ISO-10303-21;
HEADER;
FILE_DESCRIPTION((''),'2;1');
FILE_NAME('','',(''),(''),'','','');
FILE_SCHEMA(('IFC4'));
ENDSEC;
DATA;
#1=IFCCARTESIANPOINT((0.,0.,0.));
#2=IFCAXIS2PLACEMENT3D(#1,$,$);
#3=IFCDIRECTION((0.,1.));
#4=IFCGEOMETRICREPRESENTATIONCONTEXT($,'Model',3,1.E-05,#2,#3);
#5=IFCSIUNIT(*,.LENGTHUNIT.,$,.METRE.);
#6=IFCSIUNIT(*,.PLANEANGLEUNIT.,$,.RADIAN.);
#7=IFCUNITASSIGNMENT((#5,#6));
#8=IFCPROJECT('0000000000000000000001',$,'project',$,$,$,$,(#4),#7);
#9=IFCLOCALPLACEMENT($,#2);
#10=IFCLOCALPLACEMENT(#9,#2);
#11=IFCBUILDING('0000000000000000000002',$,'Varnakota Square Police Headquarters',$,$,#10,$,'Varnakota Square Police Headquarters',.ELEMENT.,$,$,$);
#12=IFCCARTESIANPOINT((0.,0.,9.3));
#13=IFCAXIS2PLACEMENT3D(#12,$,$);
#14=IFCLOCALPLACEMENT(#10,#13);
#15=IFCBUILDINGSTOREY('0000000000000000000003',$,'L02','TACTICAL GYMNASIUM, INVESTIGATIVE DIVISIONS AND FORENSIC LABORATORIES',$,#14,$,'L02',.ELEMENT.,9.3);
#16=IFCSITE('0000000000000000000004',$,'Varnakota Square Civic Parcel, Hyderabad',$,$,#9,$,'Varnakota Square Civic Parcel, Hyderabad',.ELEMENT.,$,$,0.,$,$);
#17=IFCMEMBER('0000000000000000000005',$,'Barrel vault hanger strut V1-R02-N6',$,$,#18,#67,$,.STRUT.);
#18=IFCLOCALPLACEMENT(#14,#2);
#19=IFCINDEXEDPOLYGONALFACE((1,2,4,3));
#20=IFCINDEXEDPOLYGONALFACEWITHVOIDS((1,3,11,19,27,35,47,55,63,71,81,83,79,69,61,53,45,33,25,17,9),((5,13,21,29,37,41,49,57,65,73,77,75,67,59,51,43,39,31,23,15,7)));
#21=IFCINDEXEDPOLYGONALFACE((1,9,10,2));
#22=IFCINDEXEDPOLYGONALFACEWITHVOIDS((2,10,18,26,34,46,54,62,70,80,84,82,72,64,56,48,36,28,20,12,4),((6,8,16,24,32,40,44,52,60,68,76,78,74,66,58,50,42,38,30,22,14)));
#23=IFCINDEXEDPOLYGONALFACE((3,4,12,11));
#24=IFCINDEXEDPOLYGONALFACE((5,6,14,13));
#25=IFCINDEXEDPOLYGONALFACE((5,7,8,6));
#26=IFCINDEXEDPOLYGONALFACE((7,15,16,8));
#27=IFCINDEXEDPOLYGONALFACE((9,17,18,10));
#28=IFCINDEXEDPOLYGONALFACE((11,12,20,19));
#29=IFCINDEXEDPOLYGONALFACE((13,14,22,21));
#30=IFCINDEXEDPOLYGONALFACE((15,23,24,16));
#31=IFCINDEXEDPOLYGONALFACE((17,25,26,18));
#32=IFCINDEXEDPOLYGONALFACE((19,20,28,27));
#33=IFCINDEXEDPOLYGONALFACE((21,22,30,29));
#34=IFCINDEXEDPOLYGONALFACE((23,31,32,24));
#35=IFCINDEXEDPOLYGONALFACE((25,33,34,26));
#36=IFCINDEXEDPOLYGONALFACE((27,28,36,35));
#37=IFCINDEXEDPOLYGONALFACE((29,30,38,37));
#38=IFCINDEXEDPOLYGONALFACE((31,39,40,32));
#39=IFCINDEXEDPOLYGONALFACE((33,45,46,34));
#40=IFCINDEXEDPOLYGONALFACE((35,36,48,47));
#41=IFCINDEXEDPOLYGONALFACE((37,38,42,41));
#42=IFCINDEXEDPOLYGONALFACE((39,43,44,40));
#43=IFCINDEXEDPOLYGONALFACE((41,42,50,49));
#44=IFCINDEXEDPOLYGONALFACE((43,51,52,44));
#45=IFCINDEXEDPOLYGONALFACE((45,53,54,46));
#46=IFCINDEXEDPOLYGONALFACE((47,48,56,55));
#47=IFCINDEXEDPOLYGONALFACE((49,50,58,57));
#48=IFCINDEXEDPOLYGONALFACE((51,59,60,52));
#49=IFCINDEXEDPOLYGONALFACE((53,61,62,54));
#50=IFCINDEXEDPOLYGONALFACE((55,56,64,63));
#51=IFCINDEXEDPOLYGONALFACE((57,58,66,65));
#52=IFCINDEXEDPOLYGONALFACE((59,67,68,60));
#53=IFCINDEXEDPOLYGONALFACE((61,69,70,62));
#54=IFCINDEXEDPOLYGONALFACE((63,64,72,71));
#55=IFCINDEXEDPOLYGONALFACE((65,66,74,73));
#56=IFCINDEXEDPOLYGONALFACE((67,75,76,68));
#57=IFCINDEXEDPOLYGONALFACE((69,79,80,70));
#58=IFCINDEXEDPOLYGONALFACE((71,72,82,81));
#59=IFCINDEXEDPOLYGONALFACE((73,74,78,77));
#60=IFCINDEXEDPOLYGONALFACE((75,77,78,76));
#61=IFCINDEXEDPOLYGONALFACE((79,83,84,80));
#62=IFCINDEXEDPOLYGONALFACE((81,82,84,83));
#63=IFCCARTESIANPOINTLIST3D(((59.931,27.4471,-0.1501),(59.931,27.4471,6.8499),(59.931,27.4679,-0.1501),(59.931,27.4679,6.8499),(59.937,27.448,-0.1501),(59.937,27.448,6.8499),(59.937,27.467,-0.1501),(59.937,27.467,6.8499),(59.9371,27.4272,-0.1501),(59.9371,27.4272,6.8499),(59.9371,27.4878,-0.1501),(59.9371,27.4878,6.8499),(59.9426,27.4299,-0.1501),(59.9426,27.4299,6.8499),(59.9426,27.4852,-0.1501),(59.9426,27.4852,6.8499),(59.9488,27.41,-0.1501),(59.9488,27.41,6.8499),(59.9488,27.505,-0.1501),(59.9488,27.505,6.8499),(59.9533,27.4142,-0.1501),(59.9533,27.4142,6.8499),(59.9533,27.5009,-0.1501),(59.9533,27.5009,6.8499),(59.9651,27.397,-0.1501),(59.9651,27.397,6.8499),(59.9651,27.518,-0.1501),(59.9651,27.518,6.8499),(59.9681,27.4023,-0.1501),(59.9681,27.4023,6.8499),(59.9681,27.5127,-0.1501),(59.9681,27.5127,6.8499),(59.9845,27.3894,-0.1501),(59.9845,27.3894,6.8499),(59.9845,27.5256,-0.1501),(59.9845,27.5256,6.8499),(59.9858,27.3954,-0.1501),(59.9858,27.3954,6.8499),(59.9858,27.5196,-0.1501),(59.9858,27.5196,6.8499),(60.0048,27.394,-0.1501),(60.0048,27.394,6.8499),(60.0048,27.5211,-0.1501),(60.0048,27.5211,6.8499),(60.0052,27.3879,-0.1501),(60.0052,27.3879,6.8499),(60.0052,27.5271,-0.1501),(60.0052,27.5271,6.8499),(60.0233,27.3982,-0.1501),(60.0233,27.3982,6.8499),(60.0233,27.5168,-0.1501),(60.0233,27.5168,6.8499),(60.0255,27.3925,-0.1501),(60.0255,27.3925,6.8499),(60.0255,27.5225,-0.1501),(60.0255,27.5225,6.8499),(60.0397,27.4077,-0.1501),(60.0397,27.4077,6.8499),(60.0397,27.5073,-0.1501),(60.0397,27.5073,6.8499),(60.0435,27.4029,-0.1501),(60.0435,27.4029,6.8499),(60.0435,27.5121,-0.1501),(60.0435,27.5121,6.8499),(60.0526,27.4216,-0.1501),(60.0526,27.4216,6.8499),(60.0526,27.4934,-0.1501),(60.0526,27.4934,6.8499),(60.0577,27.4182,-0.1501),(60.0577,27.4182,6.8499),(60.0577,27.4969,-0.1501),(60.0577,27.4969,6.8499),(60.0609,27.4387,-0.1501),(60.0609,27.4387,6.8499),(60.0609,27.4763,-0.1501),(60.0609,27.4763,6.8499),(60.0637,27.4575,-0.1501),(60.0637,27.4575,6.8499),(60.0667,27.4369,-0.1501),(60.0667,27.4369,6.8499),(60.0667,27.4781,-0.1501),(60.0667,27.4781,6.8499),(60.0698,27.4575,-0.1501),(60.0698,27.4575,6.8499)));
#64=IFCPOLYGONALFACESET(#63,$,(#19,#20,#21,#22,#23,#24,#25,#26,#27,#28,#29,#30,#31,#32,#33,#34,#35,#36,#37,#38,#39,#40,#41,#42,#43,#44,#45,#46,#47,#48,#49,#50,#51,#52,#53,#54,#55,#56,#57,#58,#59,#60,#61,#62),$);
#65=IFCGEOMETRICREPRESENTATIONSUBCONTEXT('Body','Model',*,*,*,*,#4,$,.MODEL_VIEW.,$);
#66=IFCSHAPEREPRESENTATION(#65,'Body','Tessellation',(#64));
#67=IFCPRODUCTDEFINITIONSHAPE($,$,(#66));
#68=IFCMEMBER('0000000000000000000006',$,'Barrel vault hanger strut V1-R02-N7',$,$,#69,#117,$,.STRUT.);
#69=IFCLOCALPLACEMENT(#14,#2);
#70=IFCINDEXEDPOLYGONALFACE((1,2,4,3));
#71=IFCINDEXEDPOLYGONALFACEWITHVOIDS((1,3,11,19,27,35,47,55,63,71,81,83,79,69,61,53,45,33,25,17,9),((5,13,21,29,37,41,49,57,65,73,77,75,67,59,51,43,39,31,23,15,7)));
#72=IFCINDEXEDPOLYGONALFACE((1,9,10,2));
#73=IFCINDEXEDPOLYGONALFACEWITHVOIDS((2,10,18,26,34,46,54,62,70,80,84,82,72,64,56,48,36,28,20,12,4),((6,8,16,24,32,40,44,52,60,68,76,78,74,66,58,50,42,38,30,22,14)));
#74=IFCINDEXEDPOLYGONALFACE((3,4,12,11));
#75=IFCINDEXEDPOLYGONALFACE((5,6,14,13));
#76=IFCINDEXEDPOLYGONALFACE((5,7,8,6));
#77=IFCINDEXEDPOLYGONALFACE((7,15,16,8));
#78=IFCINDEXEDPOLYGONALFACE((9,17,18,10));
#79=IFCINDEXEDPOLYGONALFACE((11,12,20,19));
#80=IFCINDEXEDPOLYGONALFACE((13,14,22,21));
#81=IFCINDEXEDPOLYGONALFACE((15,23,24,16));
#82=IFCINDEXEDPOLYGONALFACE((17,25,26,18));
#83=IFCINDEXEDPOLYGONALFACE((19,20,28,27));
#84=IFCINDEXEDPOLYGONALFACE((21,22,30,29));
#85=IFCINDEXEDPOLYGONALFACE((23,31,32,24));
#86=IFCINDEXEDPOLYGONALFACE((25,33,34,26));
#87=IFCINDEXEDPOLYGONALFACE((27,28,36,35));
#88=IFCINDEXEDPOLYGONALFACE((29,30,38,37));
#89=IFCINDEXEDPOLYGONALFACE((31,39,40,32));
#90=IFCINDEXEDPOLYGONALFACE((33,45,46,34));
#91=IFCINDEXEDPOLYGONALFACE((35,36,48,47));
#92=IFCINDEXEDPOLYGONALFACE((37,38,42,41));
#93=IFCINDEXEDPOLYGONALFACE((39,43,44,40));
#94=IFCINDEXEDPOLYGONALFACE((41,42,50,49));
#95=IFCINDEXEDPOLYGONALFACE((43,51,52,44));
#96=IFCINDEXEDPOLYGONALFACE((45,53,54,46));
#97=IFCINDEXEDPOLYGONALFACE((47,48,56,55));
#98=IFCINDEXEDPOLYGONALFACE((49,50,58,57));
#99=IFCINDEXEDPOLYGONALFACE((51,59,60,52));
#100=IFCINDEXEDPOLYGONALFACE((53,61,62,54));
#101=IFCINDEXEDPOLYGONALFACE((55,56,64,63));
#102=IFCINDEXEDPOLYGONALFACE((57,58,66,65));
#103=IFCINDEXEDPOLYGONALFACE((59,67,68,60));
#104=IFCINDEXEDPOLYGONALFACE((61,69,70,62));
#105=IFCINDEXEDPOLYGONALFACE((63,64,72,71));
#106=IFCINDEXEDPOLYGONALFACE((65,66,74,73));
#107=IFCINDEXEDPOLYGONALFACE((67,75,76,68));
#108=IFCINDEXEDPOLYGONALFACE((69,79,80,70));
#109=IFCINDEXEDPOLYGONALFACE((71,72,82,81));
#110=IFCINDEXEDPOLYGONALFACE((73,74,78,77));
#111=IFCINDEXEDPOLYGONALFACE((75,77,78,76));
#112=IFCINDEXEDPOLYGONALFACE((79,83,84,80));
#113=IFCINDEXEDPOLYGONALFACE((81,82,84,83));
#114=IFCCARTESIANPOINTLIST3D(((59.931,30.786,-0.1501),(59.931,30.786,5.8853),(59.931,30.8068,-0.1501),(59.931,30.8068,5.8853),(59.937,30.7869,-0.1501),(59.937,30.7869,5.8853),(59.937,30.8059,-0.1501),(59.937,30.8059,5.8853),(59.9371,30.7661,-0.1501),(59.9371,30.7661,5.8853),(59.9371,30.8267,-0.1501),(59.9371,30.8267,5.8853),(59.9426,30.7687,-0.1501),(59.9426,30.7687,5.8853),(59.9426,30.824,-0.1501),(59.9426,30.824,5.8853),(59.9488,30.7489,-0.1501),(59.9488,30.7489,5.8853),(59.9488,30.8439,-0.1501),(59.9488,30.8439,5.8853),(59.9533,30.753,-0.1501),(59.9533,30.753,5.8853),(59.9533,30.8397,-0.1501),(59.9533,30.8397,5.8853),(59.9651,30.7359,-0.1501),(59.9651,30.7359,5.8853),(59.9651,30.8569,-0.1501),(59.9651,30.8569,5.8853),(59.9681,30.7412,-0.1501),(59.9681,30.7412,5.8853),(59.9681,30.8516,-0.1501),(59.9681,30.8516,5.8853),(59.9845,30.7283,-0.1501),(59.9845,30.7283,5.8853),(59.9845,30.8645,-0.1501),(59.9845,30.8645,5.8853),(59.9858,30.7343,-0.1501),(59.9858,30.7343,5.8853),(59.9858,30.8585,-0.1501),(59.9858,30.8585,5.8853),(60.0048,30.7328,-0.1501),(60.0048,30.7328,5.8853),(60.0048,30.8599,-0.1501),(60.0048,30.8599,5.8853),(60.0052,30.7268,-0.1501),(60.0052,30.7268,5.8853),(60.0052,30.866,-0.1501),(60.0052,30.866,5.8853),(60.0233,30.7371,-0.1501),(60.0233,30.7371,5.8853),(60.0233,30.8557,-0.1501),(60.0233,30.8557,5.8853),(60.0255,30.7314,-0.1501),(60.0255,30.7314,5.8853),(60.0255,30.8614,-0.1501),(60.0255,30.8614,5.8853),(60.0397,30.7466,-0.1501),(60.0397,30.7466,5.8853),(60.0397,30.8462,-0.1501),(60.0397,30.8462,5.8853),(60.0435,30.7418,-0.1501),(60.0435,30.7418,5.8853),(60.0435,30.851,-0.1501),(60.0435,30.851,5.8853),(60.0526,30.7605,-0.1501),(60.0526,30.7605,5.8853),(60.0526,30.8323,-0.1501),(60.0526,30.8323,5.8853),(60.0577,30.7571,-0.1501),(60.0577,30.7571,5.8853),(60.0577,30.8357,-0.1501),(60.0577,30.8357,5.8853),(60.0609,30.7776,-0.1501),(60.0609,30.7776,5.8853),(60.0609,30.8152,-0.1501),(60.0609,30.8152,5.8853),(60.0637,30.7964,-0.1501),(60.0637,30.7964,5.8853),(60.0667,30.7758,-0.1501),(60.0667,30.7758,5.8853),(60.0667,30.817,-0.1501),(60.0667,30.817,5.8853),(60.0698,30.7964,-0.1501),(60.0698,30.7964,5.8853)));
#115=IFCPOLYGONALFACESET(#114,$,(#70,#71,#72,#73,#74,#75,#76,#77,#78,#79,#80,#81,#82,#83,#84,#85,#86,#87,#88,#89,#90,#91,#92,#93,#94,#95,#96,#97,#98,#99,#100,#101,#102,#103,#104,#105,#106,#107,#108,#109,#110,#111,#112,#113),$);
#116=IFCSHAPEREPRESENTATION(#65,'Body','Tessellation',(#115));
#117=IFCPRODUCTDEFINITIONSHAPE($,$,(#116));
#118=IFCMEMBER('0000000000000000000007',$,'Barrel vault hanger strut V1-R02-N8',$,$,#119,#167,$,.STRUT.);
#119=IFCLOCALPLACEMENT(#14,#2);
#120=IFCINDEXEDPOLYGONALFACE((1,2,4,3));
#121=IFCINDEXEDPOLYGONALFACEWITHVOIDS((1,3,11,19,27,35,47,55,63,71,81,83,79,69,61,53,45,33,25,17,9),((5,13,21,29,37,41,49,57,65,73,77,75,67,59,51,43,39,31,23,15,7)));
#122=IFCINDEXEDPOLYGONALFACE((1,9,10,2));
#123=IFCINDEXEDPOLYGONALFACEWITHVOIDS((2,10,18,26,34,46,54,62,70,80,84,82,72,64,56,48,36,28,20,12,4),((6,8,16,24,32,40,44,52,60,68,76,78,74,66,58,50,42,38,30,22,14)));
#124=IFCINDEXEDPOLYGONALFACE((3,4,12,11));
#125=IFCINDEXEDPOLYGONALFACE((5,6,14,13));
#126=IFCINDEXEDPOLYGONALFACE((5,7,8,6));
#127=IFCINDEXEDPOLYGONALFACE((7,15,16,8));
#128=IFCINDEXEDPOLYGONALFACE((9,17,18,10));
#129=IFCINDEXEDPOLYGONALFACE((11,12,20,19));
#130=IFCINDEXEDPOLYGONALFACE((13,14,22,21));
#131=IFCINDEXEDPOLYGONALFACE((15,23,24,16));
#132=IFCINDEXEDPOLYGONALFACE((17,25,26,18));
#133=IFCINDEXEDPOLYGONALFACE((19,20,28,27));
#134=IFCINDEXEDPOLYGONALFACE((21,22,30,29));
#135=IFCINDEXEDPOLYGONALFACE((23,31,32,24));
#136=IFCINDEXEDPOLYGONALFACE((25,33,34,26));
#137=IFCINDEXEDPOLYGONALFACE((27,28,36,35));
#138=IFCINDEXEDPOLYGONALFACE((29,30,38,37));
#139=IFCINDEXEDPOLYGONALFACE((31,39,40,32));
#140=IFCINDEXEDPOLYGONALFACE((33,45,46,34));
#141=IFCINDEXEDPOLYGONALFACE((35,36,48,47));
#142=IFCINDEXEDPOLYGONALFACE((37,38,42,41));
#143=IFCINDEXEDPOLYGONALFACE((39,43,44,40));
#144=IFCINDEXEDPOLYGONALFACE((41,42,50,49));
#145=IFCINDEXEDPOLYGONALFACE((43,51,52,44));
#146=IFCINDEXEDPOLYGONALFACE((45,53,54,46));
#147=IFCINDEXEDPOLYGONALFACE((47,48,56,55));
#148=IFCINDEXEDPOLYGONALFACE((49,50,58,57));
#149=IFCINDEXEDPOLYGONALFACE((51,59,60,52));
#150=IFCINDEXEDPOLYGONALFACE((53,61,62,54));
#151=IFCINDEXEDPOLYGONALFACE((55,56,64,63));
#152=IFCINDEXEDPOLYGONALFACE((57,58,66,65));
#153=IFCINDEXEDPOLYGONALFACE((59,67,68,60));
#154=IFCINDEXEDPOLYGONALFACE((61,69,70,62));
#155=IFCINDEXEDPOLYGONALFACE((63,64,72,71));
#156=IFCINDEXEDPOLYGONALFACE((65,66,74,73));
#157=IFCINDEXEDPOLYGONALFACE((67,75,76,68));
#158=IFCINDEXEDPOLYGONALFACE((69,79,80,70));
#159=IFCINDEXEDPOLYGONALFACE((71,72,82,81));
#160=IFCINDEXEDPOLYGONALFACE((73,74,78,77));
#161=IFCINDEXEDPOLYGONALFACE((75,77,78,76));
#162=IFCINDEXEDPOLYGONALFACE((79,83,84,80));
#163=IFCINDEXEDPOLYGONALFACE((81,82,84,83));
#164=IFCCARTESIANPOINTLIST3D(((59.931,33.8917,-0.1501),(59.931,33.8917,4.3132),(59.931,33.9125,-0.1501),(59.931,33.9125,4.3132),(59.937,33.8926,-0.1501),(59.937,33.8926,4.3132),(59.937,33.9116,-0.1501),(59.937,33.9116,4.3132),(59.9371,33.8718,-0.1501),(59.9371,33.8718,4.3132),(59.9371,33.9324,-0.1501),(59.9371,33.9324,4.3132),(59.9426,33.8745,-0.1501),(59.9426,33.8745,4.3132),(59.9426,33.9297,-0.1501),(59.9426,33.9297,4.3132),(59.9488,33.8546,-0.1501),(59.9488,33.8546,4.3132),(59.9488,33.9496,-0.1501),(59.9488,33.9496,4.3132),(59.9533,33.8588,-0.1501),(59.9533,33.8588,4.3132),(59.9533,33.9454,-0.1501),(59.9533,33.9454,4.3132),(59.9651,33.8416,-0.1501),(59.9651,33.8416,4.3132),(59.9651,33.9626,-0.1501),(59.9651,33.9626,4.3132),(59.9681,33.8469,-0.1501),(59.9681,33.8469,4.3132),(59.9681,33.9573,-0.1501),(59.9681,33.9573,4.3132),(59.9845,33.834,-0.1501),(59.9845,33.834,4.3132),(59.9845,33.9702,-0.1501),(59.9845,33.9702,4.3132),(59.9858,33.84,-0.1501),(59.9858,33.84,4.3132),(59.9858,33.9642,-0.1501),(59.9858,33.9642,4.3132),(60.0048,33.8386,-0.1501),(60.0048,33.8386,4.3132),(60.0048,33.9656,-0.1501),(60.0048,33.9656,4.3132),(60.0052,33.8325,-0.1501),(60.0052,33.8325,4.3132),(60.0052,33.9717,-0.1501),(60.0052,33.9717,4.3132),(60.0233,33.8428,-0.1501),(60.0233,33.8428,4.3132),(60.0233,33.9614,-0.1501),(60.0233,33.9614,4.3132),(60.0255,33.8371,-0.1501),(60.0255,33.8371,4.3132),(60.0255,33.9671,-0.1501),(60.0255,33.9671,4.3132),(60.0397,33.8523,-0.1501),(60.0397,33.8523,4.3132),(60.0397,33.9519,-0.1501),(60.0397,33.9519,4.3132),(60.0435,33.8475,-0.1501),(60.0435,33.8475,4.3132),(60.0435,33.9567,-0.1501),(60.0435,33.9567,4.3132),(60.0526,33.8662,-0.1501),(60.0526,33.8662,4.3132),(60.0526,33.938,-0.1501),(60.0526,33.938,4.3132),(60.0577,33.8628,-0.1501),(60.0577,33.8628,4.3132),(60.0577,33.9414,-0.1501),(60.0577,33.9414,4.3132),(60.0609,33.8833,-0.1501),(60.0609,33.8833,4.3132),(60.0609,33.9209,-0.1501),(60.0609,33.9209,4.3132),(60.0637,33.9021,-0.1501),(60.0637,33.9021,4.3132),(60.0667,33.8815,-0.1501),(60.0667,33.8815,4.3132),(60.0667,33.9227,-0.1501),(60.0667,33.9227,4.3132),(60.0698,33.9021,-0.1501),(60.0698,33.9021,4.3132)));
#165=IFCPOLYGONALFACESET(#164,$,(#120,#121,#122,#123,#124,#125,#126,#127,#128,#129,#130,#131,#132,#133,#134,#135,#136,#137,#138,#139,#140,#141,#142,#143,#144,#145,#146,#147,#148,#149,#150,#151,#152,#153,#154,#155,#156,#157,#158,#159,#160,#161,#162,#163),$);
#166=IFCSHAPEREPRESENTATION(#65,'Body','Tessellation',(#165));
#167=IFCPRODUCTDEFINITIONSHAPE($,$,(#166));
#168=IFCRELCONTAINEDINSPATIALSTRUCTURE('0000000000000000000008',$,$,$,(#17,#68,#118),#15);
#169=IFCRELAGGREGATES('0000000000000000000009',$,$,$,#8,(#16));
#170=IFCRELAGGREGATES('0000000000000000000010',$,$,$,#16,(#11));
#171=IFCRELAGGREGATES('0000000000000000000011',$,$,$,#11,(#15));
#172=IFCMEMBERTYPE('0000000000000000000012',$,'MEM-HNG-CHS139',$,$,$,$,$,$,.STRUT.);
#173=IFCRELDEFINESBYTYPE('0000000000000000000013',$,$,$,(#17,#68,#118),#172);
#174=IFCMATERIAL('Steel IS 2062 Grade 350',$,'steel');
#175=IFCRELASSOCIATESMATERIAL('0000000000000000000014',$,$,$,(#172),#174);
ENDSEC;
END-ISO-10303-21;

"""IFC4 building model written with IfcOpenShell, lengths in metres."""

from ifc_helpers import new_model, si_unit, direction, frame, origin, origin_2d, place, context, subcontext, project, spatial, hollow_circle, extrude, material, material_profile, profile_set, type_object, element, save


model = new_model("IFC4")

# Units and contexts
model_context = context("Model", 3, precision=1e-05, world=origin(), true_north=direction((0.0, 1.0)))
body_context = subcontext(model_context, "Body", "Model", "MODEL_VIEW")
ifc_project = project(units=[si_unit("LENGTHUNIT", "METRE"), si_unit("PLANEANGLEUNIT", "RADIAN")], contexts=[model_context])

# Site, building, storey
site_placement = place(None, origin())
site = spatial("IfcSite", under=ifc_project, at=site_placement, Name="Varnakota Square Civic Parcel, Hyderabad", LongName="Varnakota Square Civic Parcel, Hyderabad", CompositionType="ELEMENT", RefElevation=0.0)
building_placement = place(site_placement, origin())
building = spatial("IfcBuilding", under=site, at=building_placement, Name="Varnakota Square Police Headquarters", LongName="Varnakota Square Police Headquarters", CompositionType="ELEMENT")
storey_placement = place(building_placement, frame((0.0, 0.0, 9.3)))
storey = spatial("IfcBuildingStorey", under=building, at=storey_placement, Name="L02", Description="TACTICAL GYMNASIUM, INVESTIGATIVE DIVISIONS AND FORENSIC LABORATORIES", LongName="L02", CompositionType="ELEMENT", Elevation=9.3)

# Shared definitions
ifc_material_1 = material(Name="Steel IS 2062 Grade 350", Category="steel")

# Members
ifc_material_profile_1 = material_profile(ifc_material_1, hollow_circle(Radius=0.0698, WallThickness=0.0061, at=origin_2d()), Name="CHS 139.7x6.0")
ifc_profile_set_1 = profile_set([ifc_material_profile_1], Name="Steel IS 2062 Grade 350")
member_type_1 = type_object("IfcMemberType", Name="MEM-HNG-CHS139", PredefinedType="STRUT", material=ifc_profile_set_1)
member_1_placement = place(storey_placement, frame((60.0, 27.4575, -0.1501), z_axis=(0.0, 0.0, 1.0), x_axis=(1.0, 0.0, 0.0)))
element("IfcMember", 1, at=member_1_placement, inside=storey, type_object=member_type_1, Name="Barrel vault hanger strut V1-R02-N6", PredefinedType="STRUT", context=body_context, shape_type="SweptSolid", body=[
    extrude(hollow_circle(Radius=0.0698, WallThickness=0.0061, at=origin_2d()), origin(), (0.0, 0.0, 1.0), 7.0),
])
member_2_placement = place(storey_placement, frame((60.0, 30.7964, -0.1501), z_axis=(0.0, 0.0, 1.0), x_axis=(1.0, 0.0, 0.0)))
element("IfcMember", 2, at=member_2_placement, inside=storey, type_object=member_type_1, Name="Barrel vault hanger strut V1-R02-N7", PredefinedType="STRUT", context=body_context, shape_type="SweptSolid", body=[
    extrude(hollow_circle(Radius=0.0698, WallThickness=0.0061, at=origin_2d()), origin(), (0.0, 0.0, 1.0), 6.0354),
])
member_3_placement = place(storey_placement, frame((60.0, 33.9021, -0.1501), z_axis=(0.0, 0.0, 1.0), x_axis=(1.0, 0.0, 0.0)))
element("IfcMember", 3, at=member_3_placement, inside=storey, type_object=member_type_1, Name="Barrel vault hanger strut V1-R02-N8", PredefinedType="STRUT", context=body_context, shape_type="SweptSolid", body=[
    extrude(hollow_circle(Radius=0.0698, WallThickness=0.0061, at=origin_2d()), origin(), (0.0, 0.0, 1.0), 4.4634),
])

save(model, "model.ifc")
